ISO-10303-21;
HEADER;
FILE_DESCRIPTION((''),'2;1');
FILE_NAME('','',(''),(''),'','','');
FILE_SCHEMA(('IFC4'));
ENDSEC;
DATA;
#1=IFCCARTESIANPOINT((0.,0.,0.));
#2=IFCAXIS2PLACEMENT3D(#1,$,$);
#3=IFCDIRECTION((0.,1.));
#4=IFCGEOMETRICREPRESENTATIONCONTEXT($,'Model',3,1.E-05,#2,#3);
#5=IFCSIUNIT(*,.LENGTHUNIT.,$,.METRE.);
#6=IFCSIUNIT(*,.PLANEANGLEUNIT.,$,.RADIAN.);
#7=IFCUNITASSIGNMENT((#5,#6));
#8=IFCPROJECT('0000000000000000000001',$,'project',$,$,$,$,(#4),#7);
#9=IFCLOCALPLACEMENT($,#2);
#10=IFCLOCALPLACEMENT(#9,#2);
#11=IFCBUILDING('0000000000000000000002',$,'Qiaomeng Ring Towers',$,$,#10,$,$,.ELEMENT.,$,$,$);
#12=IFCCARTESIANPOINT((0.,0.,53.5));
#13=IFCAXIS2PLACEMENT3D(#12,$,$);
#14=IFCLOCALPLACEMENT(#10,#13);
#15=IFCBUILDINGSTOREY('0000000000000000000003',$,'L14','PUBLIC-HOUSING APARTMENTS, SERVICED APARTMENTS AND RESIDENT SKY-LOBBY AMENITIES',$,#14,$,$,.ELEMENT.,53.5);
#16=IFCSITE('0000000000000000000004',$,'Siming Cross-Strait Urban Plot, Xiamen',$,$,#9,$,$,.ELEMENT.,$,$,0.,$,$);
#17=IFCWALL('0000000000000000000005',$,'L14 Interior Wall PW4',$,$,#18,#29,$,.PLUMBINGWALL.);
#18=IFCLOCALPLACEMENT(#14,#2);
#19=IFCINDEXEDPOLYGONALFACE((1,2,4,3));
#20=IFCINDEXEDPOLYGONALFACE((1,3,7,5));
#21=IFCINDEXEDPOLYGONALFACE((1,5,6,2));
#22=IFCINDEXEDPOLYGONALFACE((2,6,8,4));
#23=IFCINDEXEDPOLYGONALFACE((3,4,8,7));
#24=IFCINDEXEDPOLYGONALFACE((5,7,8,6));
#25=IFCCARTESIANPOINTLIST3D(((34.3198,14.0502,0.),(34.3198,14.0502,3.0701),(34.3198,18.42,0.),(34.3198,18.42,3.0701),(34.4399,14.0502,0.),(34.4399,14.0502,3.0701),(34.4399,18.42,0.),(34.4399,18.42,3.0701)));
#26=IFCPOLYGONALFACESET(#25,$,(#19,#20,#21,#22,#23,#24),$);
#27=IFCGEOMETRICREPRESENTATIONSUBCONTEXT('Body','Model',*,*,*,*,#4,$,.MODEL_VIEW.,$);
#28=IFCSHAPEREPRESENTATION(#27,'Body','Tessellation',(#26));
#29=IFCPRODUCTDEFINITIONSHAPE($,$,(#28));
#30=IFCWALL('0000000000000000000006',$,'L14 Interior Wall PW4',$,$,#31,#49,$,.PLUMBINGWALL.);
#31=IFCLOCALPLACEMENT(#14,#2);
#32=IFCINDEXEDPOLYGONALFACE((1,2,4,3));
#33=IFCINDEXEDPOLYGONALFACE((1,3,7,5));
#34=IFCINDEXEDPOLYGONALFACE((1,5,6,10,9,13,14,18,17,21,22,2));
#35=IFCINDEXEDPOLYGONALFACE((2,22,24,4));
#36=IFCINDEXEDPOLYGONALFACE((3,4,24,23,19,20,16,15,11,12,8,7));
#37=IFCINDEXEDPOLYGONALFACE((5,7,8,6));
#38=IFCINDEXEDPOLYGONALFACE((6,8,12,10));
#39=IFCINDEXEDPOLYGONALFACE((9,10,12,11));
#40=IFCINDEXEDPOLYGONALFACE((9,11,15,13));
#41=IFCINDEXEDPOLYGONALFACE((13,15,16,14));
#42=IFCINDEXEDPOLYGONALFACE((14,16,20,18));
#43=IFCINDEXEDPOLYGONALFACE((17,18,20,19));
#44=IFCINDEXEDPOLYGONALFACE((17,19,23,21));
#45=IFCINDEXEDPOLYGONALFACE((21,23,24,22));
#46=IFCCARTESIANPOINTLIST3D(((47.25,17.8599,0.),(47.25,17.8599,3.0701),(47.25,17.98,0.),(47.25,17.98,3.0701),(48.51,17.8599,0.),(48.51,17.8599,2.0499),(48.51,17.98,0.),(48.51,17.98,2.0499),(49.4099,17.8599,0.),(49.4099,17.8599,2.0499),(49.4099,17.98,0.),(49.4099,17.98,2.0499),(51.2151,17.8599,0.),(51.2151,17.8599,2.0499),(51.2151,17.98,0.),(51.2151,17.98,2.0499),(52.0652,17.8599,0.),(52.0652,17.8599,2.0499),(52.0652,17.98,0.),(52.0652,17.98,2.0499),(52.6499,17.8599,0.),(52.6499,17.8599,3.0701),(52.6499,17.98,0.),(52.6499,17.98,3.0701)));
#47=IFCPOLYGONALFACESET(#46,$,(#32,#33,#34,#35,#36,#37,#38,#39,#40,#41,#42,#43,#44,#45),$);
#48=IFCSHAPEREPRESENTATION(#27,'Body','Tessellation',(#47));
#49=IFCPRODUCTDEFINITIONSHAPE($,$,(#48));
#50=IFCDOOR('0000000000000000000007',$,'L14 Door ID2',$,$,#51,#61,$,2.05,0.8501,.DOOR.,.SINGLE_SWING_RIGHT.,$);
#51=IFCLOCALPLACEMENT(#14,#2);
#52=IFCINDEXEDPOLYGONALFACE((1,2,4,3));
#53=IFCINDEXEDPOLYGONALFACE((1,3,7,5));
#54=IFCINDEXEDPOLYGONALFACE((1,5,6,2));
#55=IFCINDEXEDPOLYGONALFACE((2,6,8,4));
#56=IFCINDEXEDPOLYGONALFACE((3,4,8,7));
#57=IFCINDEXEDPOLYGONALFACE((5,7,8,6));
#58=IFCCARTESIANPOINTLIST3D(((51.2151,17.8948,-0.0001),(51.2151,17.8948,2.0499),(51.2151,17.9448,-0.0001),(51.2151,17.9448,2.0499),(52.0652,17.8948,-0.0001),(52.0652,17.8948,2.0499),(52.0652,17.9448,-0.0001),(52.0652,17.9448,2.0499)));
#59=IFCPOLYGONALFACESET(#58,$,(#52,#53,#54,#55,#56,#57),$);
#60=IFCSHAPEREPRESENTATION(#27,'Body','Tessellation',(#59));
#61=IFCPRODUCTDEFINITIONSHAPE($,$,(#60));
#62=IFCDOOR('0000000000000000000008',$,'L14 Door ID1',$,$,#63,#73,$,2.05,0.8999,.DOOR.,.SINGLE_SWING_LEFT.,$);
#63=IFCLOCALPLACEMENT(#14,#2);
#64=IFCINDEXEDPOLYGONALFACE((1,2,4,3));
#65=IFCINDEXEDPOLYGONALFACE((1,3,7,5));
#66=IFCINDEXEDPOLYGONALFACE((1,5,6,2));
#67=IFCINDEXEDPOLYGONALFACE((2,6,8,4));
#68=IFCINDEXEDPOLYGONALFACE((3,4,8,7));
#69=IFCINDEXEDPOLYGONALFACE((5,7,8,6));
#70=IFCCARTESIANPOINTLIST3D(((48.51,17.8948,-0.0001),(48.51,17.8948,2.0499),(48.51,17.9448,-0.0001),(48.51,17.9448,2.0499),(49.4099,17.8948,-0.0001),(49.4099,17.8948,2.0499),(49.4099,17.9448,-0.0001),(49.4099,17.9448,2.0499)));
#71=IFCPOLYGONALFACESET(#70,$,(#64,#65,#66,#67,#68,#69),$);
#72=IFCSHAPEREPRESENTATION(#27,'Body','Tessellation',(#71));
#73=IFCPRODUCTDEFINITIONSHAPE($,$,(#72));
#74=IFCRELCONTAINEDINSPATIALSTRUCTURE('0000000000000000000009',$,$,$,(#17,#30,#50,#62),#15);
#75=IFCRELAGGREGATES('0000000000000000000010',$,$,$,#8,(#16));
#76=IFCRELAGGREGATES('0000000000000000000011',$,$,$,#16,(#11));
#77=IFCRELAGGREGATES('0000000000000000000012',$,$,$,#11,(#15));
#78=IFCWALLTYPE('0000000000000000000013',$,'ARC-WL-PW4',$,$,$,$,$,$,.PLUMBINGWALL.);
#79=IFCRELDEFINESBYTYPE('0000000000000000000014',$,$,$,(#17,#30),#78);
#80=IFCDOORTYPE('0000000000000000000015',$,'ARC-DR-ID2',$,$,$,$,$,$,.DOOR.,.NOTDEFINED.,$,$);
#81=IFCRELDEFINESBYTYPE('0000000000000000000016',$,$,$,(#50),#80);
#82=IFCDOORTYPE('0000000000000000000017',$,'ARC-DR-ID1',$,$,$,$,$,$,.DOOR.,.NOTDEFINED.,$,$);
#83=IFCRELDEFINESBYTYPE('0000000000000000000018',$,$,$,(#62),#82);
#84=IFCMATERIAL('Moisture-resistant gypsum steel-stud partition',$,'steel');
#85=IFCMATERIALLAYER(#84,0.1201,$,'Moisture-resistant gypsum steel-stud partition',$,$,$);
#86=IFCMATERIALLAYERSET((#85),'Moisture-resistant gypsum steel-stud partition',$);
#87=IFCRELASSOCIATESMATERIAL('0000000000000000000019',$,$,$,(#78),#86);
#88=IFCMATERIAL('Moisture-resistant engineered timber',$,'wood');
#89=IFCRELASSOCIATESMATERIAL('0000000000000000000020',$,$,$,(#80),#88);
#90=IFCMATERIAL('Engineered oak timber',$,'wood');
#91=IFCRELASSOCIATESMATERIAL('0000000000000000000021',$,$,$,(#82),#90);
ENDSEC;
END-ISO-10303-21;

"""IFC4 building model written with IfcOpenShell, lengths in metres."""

from ifc_helpers import new_model, si_unit, direction, frame, frame_2d, origin, place, context, subcontext, project, spatial, rectangle, extrude, source, transform, mapped, material, layer, layer_set, type_object, element, fill, save


model = new_model("IFC4")

# Units and contexts
model_context = context("Model", 3, precision=1e-05, world=origin(), true_north=direction((0.0, 1.0)))
body_context = subcontext(model_context, "Body", "Model", "MODEL_VIEW")
ifc_project = project(units=[si_unit("LENGTHUNIT", "METRE"), si_unit("PLANEANGLEUNIT", "RADIAN")], contexts=[model_context])

# Site, building, storey
site_placement = place(None, origin())
site = spatial("IfcSite", under=ifc_project, at=site_placement, Name="Siming Cross-Strait Urban Plot, Xiamen", CompositionType="ELEMENT", RefElevation=0.0)
building_placement = place(site_placement, origin())
building = spatial("IfcBuilding", under=site, at=building_placement, Name="Qiaomeng Ring Towers", CompositionType="ELEMENT")
storey_placement = place(building_placement, frame((0.0, 0.0, 53.5)))
storey = spatial("IfcBuildingStorey", under=building, at=storey_placement, Name="L14", Description="PUBLIC-HOUSING APARTMENTS, SERVICED APARTMENTS AND RESIDENT SKY-LOBBY AMENITIES", CompositionType="ELEMENT", Elevation=53.5)

# Shared definitions
ifc_material_1 = material(Name="Moisture-resistant gypsum steel-stud partition", Category="steel")
ifc_layer_1 = layer(ifc_material_1, 0.1201, Name="Moisture-resistant gypsum steel-stud partition")
ifc_layer_set_1 = layer_set([ifc_layer_1], Name="Moisture-resistant gypsum steel-stud partition")
wall_type_1 = type_object("IfcWallType", Name="ARC-WL-PW4", PredefinedType="PLUMBINGWALL", material=ifc_layer_set_1)
ifc_material_2 = material(Name="Moisture-resistant engineered timber", Category="wood")
door_type_1 = type_object("IfcDoorType", Name="ARC-DR-ID2", OperationType="NOTDEFINED", PredefinedType="DOOR", material=ifc_material_2)
shared_shape_1 = source(origin(), body_context, "Body", "SweptSolid", [
    extrude(rectangle(XDim=0.8501, YDim=2.05, at=frame_2d((0.425, 1.0249))), frame((0.0, 0.0249, 0.0), z_axis=(0.0, -1.0, 0.0), x_axis=(1.0, 0.0, 0.0)), (0.0, 0.0, 1.0), 0.05),
])
ifc_material_3 = material(Name="Engineered oak timber", Category="wood")
door_type_2 = type_object("IfcDoorType", Name="ARC-DR-ID1", OperationType="NOTDEFINED", PredefinedType="DOOR", material=ifc_material_3)
shared_shape_2 = source(origin(), body_context, "Body", "SweptSolid", [
    extrude(rectangle(XDim=0.8999, YDim=2.05, at=frame_2d((0.45, 1.0249))), frame((0.0, 0.0249, 0.0), z_axis=(0.0, -1.0, 0.0), x_axis=(1.0, 0.0, 0.0)), (0.0, 0.0, 1.0), 0.05),
])

# Wall
wall_1_placement = place(storey_placement, frame((34.3799, 14.05, 0.0), z_axis=(0.0, 0.0, 1.0), x_axis=(0.0, 1.0, 0.0)))
element("IfcWall", 1, at=wall_1_placement, inside=storey, type_object=wall_type_1, Name="L14 Interior Wall PW4", PredefinedType="PLUMBINGWALL", context=body_context, shape_type="SweptSolid", body=[
    extrude(rectangle(XDim=4.3699, YDim=0.1201, at=frame_2d((2.1851, 0.0))), origin(), (0.0, 0.0, 1.0), 3.0701),
])

# Wall, openings, doors
wall_2_placement = place(storey_placement, frame((47.25, 17.9199, 0.0), z_axis=(0.0, 0.0, 1.0), x_axis=(1.0, 0.0, 0.0)))
wall_2 = element("IfcWall", 2, at=wall_2_placement, inside=storey, type_object=wall_type_1, Name="L14 Interior Wall PW4", PredefinedType="PLUMBINGWALL", context=body_context, shape_type="SweptSolid", body=[
    extrude(rectangle(XDim=5.3999, YDim=0.1201, at=frame_2d((2.7, 0.0))), origin(), (0.0, 0.0, 1.0), 3.0701),
])
opening_1_placement = place(wall_2_placement, frame((1.26, 0.0, 0.0)))
opening_1 = element("IfcOpeningElement", 3, at=opening_1_placement, cuts=wall_2, PredefinedType="OPENING", context=body_context, shape_type="SweptSolid", body=[
    extrude(rectangle(XDim=0.8999, YDim=2.05, at=frame_2d((0.45, 1.0249))), frame((0.0, 0.0701, 0.0), z_axis=(0.0, -1.0, 0.0), x_axis=(1.0, 0.0, 0.0)), (0.0, 0.0, 1.0), 0.1401),
])
opening_2_placement = place(wall_2_placement, frame((3.9651, 0.0, 0.0)))
opening_2 = element("IfcOpeningElement", 4, at=opening_2_placement, cuts=wall_2, PredefinedType="OPENING", context=body_context, shape_type="SweptSolid", body=[
    extrude(rectangle(XDim=0.8501, YDim=2.05, at=frame_2d((0.425, 1.0249))), frame((0.0, 0.0701, 0.0), z_axis=(0.0, -1.0, 0.0), x_axis=(1.0, 0.0, 0.0)), (0.0, 0.0, 1.0), 0.1401),
])
door_1_placement = place(opening_2_placement, origin())
door_1 = element("IfcDoor", 5, at=door_1_placement, inside=storey, type_object=door_type_1, Name="L14 Door ID2", OperationType="SINGLE_SWING_RIGHT", OverallHeight=2.05, OverallWidth=0.8501, PredefinedType="DOOR", context=body_context, shape_type="MappedRepresentation", body=[
    mapped(shared_shape_1, transform((0.0, 0.0, 0.0), x_axis=(1.0, 0.0, 0.0), y_axis=(0.0, 1.0, 0.0), z_axis=(0.0, 0.0, 1.0), scale=1.0)),
])
fill(opening_2, door_1)
door_2_placement = place(opening_1_placement, origin())
door_2 = element("IfcDoor", 6, at=door_2_placement, inside=storey, type_object=door_type_2, Name="L14 Door ID1", OperationType="SINGLE_SWING_LEFT", OverallHeight=2.05, OverallWidth=0.8999, PredefinedType="DOOR", context=body_context, shape_type="MappedRepresentation", body=[
    mapped(shared_shape_2, transform((0.0, 0.0, 0.0), x_axis=(1.0, 0.0, 0.0), y_axis=(0.0, 1.0, 0.0), z_axis=(0.0, 0.0, 1.0), scale=1.0)),
])
fill(opening_1, door_2)

save(model, "model.ifc")
